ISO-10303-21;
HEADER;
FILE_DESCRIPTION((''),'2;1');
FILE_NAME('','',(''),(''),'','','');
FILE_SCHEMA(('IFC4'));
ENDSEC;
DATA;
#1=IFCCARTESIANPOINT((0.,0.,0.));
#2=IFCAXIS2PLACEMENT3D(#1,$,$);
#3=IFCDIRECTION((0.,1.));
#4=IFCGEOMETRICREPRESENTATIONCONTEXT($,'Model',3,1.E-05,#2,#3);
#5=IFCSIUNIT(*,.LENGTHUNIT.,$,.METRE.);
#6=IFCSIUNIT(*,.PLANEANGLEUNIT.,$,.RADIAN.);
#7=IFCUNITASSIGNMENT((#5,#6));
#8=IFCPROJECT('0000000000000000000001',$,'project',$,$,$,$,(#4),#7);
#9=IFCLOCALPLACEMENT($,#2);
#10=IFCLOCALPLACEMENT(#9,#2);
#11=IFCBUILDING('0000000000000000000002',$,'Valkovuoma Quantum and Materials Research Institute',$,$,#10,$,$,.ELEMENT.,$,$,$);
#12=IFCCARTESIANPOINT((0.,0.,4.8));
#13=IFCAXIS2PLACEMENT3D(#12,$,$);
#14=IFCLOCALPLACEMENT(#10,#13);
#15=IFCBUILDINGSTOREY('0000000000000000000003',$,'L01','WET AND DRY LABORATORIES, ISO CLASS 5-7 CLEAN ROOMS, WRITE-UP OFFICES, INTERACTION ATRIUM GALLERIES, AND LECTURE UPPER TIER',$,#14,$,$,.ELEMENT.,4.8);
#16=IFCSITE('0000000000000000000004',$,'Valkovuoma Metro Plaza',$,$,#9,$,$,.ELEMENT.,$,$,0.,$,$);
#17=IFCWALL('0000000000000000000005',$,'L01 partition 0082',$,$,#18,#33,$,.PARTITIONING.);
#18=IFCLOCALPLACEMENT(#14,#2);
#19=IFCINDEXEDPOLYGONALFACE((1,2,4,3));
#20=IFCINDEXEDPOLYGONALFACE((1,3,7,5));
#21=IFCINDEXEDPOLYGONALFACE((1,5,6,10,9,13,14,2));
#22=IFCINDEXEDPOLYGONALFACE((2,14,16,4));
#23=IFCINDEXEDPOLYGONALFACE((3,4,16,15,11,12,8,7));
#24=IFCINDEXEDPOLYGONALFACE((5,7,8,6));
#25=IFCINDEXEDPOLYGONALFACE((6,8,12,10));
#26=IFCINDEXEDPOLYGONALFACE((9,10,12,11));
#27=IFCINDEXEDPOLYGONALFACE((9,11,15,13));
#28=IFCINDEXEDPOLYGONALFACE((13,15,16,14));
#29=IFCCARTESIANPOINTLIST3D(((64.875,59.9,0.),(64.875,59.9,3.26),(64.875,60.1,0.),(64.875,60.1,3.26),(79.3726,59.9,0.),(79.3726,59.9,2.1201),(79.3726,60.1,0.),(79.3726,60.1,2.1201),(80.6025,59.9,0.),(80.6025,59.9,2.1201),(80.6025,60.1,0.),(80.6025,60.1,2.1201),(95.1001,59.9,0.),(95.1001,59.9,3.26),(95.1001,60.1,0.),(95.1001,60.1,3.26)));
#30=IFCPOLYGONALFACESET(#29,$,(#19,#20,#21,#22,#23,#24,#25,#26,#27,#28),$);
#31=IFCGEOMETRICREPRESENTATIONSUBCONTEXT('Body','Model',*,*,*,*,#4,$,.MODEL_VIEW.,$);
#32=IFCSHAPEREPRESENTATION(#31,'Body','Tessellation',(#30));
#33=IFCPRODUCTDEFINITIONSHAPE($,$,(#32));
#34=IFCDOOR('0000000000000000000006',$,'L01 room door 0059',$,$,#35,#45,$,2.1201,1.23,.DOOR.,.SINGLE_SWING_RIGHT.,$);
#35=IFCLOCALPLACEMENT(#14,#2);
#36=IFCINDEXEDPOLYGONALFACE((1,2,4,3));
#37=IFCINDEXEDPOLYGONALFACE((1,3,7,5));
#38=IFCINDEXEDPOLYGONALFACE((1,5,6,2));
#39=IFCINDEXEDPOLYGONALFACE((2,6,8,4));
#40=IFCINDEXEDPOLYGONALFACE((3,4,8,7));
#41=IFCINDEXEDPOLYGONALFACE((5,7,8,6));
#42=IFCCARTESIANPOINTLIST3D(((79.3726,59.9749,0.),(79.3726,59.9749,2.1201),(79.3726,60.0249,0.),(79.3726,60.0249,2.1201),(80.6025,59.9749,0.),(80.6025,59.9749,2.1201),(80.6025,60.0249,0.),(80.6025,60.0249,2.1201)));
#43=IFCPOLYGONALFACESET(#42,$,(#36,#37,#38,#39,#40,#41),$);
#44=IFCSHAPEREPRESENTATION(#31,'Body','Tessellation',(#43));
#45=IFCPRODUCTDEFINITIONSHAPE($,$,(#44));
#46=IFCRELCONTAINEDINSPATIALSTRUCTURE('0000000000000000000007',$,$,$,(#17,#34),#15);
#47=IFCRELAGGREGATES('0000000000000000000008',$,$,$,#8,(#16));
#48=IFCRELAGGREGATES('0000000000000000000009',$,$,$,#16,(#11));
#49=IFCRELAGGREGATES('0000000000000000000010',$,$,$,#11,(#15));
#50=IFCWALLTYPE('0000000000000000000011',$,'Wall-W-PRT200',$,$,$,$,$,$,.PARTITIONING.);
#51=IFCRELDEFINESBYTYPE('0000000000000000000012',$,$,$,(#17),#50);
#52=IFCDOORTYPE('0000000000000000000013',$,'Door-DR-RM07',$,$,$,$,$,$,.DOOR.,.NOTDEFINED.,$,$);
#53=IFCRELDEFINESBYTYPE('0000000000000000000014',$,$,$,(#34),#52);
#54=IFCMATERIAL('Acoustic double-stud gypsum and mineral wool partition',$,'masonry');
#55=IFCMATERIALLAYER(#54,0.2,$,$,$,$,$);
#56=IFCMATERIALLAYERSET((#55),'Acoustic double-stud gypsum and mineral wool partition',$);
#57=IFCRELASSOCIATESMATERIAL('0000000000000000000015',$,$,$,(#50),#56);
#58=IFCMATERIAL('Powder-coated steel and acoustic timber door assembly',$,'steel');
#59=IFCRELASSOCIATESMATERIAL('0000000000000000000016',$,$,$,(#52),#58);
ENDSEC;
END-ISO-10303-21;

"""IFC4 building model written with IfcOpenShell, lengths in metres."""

from ifc_helpers import new_model, si_unit, direction, frame, frame_2d, origin, place, context, subcontext, project, spatial, rectangle, extrude, material, layer, layer_set, type_object, element, fill, save


model = new_model("IFC4")

# Units and contexts
model_context = context("Model", 3, precision=1e-05, world=origin(), true_north=direction((0.0, 1.0)))
body_context = subcontext(model_context, "Body", "Model", "MODEL_VIEW")
ifc_project = project(units=[si_unit("LENGTHUNIT", "METRE"), si_unit("PLANEANGLEUNIT", "RADIAN")], contexts=[model_context])

# Site, building, storey
site_placement = place(None, origin())
site = spatial("IfcSite", under=ifc_project, at=site_placement, Name="Valkovuoma Metro Plaza", CompositionType="ELEMENT", RefElevation=0.0)
building_placement = place(site_placement, origin())
building = spatial("IfcBuilding", under=site, at=building_placement, Name="Valkovuoma Quantum and Materials Research Institute", CompositionType="ELEMENT")
storey_placement = place(building_placement, frame((0.0, 0.0, 4.8)))
storey = spatial("IfcBuildingStorey", under=building, at=storey_placement, Name="L01", Description="WET AND DRY LABORATORIES, ISO CLASS 5-7 CLEAN ROOMS, WRITE-UP OFFICES, INTERACTION ATRIUM GALLERIES, AND LECTURE UPPER TIER", CompositionType="ELEMENT", Elevation=4.8)

# Wall, opening, door
ifc_material_1 = material(Name="Acoustic double-stud gypsum and mineral wool partition", Category="masonry")
ifc_layer_1 = layer(ifc_material_1, 0.2)
ifc_layer_set_1 = layer_set([ifc_layer_1], Name="Acoustic double-stud gypsum and mineral wool partition")
wall_type = type_object("IfcWallType", Name="Wall-W-PRT200", PredefinedType="PARTITIONING", material=ifc_layer_set_1)
wall_placement = place(storey_placement, frame((64.875, 60.0, 0.0), z_axis=(0.0, 0.0, 1.0), x_axis=(1.0, 0.0, 0.0)))
wall = element("IfcWall", 1, at=wall_placement, inside=storey, type_object=wall_type, Name="L01 partition 0082", PredefinedType="PARTITIONING", context=body_context, shape_type="SweptSolid", body=[
    extrude(rectangle(XDim=30.2251, YDim=0.2, at=frame_2d((15.1125, 0.0))), origin(), (0.0, 0.0, 1.0), 3.26),
])
opening_placement = place(wall_placement, frame((14.4976, 0.0, 0.0)))
opening = element("IfcOpeningElement", 2, at=opening_placement, cuts=wall, PredefinedType="OPENING", context=body_context, shape_type="SweptSolid", body=[
    extrude(rectangle(XDim=1.23, YDim=2.1201, at=frame_2d((0.615, 1.0601))), frame((0.0, 0.1099, 0.0), z_axis=(0.0, -1.0, 0.0), x_axis=(1.0, 0.0, 0.0)), (0.0, 0.0, 1.0), 0.22),
])
ifc_material_2 = material(Name="Powder-coated steel and acoustic timber door assembly", Category="steel")
door_type = type_object("IfcDoorType", Name="Door-DR-RM07", OperationType="NOTDEFINED", PredefinedType="DOOR", material=ifc_material_2)
door_placement = place(opening_placement, origin())
door = element("IfcDoor", 3, at=door_placement, inside=storey, type_object=door_type, Name="L01 room door 0059", OperationType="SINGLE_SWING_RIGHT", OverallHeight=2.1201, OverallWidth=1.23, PredefinedType="DOOR", context=body_context, shape_type="SweptSolid", body=[
    extrude(rectangle(XDim=1.23, YDim=2.1201, at=frame_2d((0.615, 1.0601))), frame((0.0, 0.0249, 0.0), z_axis=(0.0, -1.0, 0.0), x_axis=(1.0, 0.0, 0.0)), (0.0, 0.0, 1.0), 0.05),
])
fill(opening, door)

save(model, "model.ifc")
